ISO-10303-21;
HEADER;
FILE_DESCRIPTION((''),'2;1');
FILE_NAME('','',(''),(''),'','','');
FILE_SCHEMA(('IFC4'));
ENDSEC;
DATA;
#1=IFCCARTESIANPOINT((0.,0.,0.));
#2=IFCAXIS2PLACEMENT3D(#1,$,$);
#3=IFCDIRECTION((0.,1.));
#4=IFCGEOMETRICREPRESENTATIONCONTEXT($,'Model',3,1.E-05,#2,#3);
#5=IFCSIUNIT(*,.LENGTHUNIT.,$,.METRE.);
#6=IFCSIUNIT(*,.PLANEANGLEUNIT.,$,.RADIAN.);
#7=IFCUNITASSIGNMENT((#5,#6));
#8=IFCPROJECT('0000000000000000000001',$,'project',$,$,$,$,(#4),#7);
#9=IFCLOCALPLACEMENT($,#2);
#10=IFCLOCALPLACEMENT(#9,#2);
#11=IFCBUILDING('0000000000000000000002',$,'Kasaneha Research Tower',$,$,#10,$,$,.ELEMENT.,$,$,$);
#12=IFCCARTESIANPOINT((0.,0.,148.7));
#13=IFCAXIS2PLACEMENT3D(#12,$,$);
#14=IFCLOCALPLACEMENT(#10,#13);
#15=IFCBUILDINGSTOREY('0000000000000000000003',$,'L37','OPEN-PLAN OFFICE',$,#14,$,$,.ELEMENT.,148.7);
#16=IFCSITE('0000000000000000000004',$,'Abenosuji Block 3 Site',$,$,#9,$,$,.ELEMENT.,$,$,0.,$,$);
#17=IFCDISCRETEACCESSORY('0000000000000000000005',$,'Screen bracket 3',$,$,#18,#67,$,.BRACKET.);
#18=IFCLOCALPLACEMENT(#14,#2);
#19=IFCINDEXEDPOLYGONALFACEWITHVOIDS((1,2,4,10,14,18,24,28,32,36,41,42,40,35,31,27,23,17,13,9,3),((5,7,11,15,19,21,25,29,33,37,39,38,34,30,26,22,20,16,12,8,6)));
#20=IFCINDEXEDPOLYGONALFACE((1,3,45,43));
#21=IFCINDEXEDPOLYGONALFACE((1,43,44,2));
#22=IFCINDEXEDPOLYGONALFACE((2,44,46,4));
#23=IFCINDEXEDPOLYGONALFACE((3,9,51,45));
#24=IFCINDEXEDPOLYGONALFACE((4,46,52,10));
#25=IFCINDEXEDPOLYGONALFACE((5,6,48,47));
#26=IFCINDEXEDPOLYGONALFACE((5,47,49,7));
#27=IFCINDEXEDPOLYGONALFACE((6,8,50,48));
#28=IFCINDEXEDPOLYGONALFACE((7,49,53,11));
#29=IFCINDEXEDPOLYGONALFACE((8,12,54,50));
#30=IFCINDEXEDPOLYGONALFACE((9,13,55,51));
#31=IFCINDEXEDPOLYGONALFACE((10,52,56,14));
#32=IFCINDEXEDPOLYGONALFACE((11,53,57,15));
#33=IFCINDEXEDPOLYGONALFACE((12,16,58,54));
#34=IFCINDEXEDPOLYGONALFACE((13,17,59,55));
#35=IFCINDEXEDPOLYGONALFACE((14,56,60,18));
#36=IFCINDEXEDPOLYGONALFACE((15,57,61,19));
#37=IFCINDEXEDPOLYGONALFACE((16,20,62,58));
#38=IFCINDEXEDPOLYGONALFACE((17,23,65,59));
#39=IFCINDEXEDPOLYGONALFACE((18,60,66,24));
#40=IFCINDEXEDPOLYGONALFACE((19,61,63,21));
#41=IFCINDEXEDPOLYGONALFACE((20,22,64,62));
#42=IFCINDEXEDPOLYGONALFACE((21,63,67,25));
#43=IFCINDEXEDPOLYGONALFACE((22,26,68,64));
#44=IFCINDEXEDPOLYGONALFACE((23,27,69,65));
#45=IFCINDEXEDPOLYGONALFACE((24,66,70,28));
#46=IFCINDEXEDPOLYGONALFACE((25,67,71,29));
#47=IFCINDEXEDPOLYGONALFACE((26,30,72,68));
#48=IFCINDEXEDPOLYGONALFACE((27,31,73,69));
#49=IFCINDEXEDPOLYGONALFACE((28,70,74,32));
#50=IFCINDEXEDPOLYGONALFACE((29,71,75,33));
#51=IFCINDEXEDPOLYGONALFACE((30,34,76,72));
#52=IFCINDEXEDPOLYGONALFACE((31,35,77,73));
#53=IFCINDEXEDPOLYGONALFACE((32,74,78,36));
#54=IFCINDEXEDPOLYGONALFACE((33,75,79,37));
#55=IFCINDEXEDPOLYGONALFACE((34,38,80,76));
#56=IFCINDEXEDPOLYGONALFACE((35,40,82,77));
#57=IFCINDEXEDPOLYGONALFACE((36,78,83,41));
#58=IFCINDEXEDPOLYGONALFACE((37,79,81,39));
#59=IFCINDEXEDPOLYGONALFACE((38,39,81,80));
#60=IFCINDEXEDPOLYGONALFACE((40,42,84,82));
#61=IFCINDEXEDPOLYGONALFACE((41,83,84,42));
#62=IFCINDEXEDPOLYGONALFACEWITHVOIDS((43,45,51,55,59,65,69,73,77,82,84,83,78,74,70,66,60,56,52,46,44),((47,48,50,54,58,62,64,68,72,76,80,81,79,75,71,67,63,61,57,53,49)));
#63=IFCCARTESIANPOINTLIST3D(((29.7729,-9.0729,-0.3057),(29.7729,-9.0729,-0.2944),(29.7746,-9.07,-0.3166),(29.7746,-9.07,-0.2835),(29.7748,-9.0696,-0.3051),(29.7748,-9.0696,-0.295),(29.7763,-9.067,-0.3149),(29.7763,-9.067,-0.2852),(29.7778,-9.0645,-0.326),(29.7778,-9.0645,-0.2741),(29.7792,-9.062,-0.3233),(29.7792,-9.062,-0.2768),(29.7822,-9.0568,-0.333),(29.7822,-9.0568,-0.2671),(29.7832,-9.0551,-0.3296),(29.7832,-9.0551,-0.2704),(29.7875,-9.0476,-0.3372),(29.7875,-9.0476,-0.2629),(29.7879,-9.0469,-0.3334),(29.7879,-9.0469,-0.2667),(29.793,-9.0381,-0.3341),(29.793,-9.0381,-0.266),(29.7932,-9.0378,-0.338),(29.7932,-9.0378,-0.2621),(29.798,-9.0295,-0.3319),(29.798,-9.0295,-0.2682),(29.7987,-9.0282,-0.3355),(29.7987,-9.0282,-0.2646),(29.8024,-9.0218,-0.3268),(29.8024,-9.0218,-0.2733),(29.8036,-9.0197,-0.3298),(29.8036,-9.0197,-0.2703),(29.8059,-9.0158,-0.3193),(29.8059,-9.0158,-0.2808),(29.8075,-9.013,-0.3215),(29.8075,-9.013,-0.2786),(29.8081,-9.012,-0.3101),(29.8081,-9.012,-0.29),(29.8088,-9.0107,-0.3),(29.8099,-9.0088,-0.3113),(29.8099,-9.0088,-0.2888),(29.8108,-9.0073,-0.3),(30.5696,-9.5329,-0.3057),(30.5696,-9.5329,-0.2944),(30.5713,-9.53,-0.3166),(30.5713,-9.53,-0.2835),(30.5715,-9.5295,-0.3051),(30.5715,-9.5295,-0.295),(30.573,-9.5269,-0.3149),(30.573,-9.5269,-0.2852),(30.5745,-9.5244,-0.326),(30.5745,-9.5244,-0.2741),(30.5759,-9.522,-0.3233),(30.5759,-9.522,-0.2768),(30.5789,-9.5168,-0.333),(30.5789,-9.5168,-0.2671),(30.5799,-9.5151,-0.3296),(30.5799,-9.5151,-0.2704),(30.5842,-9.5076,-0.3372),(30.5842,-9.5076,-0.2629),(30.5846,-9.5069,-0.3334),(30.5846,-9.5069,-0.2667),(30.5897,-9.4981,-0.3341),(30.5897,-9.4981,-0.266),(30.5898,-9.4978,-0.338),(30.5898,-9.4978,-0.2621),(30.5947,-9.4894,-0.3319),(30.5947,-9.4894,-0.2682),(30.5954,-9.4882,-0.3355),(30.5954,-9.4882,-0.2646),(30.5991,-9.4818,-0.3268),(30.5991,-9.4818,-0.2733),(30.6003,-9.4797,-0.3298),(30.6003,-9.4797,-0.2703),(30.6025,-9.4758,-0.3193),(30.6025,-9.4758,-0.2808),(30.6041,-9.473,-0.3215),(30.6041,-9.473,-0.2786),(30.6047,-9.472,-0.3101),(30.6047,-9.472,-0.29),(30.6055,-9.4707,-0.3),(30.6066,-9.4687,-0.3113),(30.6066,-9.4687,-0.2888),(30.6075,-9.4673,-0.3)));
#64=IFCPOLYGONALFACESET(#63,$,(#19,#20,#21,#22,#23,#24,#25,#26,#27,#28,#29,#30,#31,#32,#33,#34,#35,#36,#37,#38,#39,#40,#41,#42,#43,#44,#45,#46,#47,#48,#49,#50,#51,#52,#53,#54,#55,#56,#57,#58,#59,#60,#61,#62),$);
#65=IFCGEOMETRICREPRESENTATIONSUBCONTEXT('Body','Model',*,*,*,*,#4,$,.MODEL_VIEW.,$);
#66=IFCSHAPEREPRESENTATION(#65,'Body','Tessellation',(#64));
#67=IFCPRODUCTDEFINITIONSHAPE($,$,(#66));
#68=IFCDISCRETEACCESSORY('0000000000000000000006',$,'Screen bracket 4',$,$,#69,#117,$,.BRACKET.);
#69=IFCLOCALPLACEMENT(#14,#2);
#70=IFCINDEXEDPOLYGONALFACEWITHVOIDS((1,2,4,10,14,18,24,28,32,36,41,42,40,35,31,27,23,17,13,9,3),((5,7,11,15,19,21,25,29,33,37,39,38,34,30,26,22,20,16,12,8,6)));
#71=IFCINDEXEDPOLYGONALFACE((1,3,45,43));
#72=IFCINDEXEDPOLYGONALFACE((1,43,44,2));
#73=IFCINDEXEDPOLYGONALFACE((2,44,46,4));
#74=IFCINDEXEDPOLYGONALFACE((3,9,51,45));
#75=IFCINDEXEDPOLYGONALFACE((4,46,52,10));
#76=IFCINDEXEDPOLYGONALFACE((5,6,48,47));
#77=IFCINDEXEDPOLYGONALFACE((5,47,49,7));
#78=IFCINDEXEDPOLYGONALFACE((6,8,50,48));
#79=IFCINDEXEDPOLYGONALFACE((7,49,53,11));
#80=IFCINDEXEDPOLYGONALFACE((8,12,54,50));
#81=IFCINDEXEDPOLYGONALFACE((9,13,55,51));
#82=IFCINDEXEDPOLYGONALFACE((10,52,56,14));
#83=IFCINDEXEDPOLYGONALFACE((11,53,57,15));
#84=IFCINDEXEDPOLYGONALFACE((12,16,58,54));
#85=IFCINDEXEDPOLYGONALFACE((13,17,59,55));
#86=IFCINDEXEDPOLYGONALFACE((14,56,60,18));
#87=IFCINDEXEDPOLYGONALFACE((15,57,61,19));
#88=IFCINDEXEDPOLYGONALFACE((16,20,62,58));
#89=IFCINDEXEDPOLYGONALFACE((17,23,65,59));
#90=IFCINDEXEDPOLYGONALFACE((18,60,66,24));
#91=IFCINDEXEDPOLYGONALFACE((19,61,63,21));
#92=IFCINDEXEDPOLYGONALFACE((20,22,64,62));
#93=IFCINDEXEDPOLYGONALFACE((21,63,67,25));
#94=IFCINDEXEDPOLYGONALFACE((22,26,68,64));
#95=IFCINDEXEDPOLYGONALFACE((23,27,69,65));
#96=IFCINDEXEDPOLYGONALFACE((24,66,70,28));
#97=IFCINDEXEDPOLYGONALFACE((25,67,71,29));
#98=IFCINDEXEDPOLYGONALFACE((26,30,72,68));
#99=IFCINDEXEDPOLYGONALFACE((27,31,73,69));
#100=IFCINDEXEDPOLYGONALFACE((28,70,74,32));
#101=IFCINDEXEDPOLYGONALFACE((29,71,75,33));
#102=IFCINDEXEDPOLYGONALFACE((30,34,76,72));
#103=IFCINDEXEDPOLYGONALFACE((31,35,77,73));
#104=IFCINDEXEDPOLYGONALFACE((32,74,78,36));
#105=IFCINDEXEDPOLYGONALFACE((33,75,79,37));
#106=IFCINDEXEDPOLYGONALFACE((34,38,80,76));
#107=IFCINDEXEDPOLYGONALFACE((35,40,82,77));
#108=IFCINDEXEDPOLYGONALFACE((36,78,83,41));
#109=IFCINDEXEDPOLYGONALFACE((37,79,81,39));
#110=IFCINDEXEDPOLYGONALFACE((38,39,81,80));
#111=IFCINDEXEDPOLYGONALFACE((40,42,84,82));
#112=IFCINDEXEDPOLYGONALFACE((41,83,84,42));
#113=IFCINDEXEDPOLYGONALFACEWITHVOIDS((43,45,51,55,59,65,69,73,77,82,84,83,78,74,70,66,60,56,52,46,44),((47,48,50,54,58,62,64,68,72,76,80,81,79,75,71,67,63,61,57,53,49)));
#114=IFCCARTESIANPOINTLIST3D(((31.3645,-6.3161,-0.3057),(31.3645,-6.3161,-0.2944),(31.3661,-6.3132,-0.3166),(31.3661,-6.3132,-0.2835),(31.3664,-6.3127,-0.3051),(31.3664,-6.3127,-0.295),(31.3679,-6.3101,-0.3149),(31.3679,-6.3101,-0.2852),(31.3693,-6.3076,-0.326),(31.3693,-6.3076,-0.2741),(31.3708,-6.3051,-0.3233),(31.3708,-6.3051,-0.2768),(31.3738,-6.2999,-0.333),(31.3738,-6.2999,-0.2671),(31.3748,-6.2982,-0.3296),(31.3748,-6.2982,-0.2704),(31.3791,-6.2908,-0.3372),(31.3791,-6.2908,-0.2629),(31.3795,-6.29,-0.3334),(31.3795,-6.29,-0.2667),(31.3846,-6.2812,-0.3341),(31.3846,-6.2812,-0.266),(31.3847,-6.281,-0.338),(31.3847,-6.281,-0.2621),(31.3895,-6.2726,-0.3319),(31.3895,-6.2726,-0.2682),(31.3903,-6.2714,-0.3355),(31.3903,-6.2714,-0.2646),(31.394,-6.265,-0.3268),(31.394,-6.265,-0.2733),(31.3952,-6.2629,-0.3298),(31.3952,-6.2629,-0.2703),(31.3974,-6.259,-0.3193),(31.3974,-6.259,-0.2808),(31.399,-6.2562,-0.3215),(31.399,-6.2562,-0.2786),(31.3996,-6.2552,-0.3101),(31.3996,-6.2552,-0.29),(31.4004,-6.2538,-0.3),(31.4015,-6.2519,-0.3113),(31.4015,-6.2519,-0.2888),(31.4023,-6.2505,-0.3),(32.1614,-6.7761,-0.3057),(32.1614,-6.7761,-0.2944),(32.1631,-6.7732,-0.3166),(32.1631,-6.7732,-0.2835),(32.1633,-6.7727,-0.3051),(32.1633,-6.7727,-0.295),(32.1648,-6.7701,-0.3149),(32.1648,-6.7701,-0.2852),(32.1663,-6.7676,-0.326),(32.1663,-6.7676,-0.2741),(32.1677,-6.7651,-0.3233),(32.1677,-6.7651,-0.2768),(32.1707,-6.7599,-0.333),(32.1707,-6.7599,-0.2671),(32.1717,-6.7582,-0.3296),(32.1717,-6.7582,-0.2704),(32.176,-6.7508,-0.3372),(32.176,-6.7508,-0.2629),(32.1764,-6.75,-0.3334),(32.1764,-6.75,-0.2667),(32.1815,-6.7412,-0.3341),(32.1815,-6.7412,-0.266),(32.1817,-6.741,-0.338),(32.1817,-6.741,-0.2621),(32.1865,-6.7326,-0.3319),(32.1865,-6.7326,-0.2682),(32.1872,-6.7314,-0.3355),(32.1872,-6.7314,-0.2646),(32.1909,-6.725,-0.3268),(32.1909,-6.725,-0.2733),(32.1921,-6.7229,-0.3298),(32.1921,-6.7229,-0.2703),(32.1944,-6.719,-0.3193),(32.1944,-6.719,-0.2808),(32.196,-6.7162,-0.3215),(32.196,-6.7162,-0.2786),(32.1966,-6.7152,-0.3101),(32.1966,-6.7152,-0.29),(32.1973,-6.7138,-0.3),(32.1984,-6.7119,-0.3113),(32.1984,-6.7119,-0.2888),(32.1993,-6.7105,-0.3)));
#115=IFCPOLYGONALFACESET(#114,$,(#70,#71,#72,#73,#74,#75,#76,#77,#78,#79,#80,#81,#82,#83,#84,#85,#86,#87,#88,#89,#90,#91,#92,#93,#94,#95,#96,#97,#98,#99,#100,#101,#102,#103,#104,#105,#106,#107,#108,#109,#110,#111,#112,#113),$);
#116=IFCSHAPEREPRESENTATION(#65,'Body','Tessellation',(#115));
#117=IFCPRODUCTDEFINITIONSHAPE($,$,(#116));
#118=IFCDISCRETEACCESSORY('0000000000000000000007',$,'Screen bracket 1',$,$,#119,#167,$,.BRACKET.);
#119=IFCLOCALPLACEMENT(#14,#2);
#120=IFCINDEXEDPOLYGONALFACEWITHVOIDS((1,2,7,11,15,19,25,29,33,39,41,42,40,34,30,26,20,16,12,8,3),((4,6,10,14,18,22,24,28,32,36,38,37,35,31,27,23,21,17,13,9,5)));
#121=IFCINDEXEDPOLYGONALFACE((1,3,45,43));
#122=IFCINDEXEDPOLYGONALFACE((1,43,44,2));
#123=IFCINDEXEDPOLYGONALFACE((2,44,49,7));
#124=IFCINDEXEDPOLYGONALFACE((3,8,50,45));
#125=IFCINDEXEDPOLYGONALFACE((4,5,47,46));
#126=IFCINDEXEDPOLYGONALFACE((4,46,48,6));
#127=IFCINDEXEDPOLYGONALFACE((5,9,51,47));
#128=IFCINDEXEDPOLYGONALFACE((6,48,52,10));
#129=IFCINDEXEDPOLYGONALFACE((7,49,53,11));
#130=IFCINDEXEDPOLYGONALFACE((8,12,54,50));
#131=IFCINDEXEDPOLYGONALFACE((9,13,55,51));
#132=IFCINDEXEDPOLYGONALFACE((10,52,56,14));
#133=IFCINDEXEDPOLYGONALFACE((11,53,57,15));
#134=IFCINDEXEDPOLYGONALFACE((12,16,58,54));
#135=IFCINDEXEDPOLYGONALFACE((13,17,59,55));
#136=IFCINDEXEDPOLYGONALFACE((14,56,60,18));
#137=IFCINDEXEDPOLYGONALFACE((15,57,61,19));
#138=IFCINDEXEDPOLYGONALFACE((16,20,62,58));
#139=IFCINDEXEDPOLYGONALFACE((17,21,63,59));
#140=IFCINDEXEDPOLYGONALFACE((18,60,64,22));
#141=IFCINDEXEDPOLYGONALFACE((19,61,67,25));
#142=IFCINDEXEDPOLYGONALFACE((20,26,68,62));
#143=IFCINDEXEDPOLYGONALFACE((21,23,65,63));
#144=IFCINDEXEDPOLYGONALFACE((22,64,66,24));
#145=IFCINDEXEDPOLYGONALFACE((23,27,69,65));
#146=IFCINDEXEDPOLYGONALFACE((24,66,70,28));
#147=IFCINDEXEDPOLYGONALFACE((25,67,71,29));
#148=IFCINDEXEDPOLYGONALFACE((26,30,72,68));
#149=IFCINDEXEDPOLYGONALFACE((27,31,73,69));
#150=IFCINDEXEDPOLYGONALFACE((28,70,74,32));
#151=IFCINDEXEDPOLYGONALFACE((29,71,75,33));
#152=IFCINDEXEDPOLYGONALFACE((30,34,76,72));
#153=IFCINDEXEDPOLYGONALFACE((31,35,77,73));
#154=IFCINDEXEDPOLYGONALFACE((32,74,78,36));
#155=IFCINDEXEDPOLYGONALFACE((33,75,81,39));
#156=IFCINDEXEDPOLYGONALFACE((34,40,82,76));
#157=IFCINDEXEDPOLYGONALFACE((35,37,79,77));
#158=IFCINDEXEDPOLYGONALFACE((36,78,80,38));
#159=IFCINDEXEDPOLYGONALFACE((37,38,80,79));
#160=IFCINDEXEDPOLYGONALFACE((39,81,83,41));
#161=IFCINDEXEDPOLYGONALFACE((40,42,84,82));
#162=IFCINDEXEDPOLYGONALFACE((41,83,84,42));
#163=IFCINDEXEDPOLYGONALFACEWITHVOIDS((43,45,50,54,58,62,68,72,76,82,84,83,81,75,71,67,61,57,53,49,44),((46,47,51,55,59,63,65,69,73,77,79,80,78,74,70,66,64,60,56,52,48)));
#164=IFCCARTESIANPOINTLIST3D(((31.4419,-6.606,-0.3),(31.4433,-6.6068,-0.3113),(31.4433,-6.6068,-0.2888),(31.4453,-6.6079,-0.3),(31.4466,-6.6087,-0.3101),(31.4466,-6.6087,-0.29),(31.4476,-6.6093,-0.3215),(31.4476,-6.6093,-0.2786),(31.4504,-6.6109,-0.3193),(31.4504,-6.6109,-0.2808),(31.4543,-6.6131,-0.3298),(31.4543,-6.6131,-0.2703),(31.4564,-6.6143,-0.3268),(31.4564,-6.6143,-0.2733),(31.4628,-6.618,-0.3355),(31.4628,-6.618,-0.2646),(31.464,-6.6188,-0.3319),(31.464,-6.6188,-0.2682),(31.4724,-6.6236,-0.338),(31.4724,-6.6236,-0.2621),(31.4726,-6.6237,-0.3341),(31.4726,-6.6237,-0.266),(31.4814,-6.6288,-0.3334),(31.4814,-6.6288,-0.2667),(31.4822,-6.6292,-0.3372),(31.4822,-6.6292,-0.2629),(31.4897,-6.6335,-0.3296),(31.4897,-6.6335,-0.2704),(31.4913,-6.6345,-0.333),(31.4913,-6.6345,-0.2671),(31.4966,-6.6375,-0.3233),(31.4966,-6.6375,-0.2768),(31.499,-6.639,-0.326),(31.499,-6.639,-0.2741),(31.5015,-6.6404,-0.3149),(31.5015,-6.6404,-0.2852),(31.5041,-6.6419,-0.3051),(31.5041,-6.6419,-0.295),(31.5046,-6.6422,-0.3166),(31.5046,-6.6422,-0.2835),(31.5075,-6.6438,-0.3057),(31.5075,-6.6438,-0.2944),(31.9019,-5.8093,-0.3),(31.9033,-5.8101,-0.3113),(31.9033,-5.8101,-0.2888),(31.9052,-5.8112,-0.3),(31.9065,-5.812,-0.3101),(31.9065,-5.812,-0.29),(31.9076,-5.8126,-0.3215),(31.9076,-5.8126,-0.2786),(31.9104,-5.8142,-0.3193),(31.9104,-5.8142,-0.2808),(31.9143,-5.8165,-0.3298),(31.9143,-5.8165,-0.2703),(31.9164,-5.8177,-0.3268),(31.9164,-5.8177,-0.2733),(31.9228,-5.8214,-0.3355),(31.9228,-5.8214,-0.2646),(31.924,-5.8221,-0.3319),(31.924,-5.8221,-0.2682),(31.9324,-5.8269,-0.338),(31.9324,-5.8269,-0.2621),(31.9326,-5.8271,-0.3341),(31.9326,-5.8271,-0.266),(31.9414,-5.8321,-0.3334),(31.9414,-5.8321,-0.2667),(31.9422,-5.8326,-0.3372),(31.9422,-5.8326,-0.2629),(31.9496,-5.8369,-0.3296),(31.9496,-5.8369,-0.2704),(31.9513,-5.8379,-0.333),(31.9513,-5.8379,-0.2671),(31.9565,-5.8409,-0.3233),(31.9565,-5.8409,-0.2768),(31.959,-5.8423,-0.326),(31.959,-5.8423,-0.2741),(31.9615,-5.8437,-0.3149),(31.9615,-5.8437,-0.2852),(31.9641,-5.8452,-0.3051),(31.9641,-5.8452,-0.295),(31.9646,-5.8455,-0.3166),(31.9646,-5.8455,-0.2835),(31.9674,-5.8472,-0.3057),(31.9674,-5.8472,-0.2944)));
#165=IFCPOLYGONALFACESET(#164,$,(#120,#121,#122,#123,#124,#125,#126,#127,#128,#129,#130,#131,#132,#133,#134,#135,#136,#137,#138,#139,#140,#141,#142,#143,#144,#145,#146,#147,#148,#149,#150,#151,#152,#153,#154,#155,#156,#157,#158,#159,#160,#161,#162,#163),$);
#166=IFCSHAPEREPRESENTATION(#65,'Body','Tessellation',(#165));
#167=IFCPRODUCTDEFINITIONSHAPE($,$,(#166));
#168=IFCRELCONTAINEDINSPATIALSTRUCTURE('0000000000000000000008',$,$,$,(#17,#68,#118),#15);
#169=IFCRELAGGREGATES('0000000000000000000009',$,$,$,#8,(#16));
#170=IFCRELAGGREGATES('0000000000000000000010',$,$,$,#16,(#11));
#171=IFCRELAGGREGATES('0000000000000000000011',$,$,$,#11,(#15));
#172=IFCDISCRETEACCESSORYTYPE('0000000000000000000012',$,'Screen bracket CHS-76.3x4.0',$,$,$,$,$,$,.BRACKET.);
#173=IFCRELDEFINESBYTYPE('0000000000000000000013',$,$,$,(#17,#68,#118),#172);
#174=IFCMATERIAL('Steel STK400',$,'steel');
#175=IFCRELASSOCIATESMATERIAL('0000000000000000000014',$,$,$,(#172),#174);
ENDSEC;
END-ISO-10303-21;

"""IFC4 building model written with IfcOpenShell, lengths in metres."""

from ifc_helpers import new_model, si_unit, direction, frame, origin, origin_2d, place, context, subcontext, project, spatial, hollow_circle, extrude, material, material_profile, profile_set, type_object, element, save


model = new_model("IFC4")

# Units and contexts
model_context = context("Model", 3, precision=1e-05, world=origin(), true_north=direction((0.0, 1.0)))
body_context = subcontext(model_context, "Body", "Model", "MODEL_VIEW")
ifc_project = project(units=[si_unit("LENGTHUNIT", "METRE"), si_unit("PLANEANGLEUNIT", "RADIAN")], contexts=[model_context])

# Site, building, storey
site_placement = place(None, origin())
site = spatial("IfcSite", under=ifc_project, at=site_placement, Name="Abenosuji Block 3 Site", CompositionType="ELEMENT", RefElevation=0.0)
building_placement = place(site_placement, origin())
building = spatial("IfcBuilding", under=site, at=building_placement, Name="Kasaneha Research Tower", CompositionType="ELEMENT")
storey_placement = place(building_placement, frame((0.0, 0.0, 148.7)))
storey = spatial("IfcBuildingStorey", under=building, at=storey_placement, Name="L37", Description="OPEN-PLAN OFFICE", CompositionType="ELEMENT", Elevation=148.7)

# Discrete accessories
ifc_material_1 = material(Name="Steel STK400", Category="steel")
ifc_material_profile_1 = material_profile(ifc_material_1, hollow_circle(Radius=0.0381, WallThickness=0.0039, at=origin_2d()), Name="CHS-76.3x4.0")
ifc_profile_set_1 = profile_set([ifc_material_profile_1], Name="Steel STK400")
discrete_accessory_type = type_object("IfcDiscreteAccessoryType", Name="Screen bracket CHS-76.3x4.0", PredefinedType="BRACKET", material=ifc_profile_set_1)
discrete_accessory_1_placement = place(storey_placement, frame((29.7917, -9.0403, -0.3), z_axis=(0.866013, -0.500021, 0.0), x_axis=(0.500021, 0.866013, 0.0)))
element("IfcDiscreteAccessory", 1, at=discrete_accessory_1_placement, inside=storey, type_object=discrete_accessory_type, Name="Screen bracket 3", PredefinedType="BRACKET", context=body_context, shape_type="SweptSolid", body=[
    extrude(hollow_circle(Radius=0.0381, WallThickness=0.0039, at=origin_2d()), origin(), (0.0, 0.0, 1.0), 0.9199),
])
discrete_accessory_2_placement = place(storey_placement, frame((31.3833, -6.2834, -0.3), z_axis=(0.86608, -0.499906, 0.0), x_axis=(0.499906, 0.86608, 0.0)))
element("IfcDiscreteAccessory", 2, at=discrete_accessory_2_placement, inside=storey, type_object=discrete_accessory_type, Name="Screen bracket 4", PredefinedType="BRACKET", context=body_context, shape_type="SweptSolid", body=[
    extrude(hollow_circle(Radius=0.0381, WallThickness=0.0039, at=origin_2d()), origin(), (0.0, 0.0, 1.0), 0.9202),
])
discrete_accessory_3_placement = place(storey_placement, frame((31.4749, -6.625, -0.3), z_axis=(0.500021, 0.866013, 0.0), x_axis=(-0.866013, 0.500021, 0.0)))
element("IfcDiscreteAccessory", 3, at=discrete_accessory_3_placement, inside=storey, type_object=discrete_accessory_type, Name="Screen bracket 1", PredefinedType="BRACKET", context=body_context, shape_type="SweptSolid", body=[
    extrude(hollow_circle(Radius=0.0381, WallThickness=0.0039, at=origin_2d()), origin(), (0.0, 0.0, 1.0), 0.9199),
])

save(model, "model.ifc")
